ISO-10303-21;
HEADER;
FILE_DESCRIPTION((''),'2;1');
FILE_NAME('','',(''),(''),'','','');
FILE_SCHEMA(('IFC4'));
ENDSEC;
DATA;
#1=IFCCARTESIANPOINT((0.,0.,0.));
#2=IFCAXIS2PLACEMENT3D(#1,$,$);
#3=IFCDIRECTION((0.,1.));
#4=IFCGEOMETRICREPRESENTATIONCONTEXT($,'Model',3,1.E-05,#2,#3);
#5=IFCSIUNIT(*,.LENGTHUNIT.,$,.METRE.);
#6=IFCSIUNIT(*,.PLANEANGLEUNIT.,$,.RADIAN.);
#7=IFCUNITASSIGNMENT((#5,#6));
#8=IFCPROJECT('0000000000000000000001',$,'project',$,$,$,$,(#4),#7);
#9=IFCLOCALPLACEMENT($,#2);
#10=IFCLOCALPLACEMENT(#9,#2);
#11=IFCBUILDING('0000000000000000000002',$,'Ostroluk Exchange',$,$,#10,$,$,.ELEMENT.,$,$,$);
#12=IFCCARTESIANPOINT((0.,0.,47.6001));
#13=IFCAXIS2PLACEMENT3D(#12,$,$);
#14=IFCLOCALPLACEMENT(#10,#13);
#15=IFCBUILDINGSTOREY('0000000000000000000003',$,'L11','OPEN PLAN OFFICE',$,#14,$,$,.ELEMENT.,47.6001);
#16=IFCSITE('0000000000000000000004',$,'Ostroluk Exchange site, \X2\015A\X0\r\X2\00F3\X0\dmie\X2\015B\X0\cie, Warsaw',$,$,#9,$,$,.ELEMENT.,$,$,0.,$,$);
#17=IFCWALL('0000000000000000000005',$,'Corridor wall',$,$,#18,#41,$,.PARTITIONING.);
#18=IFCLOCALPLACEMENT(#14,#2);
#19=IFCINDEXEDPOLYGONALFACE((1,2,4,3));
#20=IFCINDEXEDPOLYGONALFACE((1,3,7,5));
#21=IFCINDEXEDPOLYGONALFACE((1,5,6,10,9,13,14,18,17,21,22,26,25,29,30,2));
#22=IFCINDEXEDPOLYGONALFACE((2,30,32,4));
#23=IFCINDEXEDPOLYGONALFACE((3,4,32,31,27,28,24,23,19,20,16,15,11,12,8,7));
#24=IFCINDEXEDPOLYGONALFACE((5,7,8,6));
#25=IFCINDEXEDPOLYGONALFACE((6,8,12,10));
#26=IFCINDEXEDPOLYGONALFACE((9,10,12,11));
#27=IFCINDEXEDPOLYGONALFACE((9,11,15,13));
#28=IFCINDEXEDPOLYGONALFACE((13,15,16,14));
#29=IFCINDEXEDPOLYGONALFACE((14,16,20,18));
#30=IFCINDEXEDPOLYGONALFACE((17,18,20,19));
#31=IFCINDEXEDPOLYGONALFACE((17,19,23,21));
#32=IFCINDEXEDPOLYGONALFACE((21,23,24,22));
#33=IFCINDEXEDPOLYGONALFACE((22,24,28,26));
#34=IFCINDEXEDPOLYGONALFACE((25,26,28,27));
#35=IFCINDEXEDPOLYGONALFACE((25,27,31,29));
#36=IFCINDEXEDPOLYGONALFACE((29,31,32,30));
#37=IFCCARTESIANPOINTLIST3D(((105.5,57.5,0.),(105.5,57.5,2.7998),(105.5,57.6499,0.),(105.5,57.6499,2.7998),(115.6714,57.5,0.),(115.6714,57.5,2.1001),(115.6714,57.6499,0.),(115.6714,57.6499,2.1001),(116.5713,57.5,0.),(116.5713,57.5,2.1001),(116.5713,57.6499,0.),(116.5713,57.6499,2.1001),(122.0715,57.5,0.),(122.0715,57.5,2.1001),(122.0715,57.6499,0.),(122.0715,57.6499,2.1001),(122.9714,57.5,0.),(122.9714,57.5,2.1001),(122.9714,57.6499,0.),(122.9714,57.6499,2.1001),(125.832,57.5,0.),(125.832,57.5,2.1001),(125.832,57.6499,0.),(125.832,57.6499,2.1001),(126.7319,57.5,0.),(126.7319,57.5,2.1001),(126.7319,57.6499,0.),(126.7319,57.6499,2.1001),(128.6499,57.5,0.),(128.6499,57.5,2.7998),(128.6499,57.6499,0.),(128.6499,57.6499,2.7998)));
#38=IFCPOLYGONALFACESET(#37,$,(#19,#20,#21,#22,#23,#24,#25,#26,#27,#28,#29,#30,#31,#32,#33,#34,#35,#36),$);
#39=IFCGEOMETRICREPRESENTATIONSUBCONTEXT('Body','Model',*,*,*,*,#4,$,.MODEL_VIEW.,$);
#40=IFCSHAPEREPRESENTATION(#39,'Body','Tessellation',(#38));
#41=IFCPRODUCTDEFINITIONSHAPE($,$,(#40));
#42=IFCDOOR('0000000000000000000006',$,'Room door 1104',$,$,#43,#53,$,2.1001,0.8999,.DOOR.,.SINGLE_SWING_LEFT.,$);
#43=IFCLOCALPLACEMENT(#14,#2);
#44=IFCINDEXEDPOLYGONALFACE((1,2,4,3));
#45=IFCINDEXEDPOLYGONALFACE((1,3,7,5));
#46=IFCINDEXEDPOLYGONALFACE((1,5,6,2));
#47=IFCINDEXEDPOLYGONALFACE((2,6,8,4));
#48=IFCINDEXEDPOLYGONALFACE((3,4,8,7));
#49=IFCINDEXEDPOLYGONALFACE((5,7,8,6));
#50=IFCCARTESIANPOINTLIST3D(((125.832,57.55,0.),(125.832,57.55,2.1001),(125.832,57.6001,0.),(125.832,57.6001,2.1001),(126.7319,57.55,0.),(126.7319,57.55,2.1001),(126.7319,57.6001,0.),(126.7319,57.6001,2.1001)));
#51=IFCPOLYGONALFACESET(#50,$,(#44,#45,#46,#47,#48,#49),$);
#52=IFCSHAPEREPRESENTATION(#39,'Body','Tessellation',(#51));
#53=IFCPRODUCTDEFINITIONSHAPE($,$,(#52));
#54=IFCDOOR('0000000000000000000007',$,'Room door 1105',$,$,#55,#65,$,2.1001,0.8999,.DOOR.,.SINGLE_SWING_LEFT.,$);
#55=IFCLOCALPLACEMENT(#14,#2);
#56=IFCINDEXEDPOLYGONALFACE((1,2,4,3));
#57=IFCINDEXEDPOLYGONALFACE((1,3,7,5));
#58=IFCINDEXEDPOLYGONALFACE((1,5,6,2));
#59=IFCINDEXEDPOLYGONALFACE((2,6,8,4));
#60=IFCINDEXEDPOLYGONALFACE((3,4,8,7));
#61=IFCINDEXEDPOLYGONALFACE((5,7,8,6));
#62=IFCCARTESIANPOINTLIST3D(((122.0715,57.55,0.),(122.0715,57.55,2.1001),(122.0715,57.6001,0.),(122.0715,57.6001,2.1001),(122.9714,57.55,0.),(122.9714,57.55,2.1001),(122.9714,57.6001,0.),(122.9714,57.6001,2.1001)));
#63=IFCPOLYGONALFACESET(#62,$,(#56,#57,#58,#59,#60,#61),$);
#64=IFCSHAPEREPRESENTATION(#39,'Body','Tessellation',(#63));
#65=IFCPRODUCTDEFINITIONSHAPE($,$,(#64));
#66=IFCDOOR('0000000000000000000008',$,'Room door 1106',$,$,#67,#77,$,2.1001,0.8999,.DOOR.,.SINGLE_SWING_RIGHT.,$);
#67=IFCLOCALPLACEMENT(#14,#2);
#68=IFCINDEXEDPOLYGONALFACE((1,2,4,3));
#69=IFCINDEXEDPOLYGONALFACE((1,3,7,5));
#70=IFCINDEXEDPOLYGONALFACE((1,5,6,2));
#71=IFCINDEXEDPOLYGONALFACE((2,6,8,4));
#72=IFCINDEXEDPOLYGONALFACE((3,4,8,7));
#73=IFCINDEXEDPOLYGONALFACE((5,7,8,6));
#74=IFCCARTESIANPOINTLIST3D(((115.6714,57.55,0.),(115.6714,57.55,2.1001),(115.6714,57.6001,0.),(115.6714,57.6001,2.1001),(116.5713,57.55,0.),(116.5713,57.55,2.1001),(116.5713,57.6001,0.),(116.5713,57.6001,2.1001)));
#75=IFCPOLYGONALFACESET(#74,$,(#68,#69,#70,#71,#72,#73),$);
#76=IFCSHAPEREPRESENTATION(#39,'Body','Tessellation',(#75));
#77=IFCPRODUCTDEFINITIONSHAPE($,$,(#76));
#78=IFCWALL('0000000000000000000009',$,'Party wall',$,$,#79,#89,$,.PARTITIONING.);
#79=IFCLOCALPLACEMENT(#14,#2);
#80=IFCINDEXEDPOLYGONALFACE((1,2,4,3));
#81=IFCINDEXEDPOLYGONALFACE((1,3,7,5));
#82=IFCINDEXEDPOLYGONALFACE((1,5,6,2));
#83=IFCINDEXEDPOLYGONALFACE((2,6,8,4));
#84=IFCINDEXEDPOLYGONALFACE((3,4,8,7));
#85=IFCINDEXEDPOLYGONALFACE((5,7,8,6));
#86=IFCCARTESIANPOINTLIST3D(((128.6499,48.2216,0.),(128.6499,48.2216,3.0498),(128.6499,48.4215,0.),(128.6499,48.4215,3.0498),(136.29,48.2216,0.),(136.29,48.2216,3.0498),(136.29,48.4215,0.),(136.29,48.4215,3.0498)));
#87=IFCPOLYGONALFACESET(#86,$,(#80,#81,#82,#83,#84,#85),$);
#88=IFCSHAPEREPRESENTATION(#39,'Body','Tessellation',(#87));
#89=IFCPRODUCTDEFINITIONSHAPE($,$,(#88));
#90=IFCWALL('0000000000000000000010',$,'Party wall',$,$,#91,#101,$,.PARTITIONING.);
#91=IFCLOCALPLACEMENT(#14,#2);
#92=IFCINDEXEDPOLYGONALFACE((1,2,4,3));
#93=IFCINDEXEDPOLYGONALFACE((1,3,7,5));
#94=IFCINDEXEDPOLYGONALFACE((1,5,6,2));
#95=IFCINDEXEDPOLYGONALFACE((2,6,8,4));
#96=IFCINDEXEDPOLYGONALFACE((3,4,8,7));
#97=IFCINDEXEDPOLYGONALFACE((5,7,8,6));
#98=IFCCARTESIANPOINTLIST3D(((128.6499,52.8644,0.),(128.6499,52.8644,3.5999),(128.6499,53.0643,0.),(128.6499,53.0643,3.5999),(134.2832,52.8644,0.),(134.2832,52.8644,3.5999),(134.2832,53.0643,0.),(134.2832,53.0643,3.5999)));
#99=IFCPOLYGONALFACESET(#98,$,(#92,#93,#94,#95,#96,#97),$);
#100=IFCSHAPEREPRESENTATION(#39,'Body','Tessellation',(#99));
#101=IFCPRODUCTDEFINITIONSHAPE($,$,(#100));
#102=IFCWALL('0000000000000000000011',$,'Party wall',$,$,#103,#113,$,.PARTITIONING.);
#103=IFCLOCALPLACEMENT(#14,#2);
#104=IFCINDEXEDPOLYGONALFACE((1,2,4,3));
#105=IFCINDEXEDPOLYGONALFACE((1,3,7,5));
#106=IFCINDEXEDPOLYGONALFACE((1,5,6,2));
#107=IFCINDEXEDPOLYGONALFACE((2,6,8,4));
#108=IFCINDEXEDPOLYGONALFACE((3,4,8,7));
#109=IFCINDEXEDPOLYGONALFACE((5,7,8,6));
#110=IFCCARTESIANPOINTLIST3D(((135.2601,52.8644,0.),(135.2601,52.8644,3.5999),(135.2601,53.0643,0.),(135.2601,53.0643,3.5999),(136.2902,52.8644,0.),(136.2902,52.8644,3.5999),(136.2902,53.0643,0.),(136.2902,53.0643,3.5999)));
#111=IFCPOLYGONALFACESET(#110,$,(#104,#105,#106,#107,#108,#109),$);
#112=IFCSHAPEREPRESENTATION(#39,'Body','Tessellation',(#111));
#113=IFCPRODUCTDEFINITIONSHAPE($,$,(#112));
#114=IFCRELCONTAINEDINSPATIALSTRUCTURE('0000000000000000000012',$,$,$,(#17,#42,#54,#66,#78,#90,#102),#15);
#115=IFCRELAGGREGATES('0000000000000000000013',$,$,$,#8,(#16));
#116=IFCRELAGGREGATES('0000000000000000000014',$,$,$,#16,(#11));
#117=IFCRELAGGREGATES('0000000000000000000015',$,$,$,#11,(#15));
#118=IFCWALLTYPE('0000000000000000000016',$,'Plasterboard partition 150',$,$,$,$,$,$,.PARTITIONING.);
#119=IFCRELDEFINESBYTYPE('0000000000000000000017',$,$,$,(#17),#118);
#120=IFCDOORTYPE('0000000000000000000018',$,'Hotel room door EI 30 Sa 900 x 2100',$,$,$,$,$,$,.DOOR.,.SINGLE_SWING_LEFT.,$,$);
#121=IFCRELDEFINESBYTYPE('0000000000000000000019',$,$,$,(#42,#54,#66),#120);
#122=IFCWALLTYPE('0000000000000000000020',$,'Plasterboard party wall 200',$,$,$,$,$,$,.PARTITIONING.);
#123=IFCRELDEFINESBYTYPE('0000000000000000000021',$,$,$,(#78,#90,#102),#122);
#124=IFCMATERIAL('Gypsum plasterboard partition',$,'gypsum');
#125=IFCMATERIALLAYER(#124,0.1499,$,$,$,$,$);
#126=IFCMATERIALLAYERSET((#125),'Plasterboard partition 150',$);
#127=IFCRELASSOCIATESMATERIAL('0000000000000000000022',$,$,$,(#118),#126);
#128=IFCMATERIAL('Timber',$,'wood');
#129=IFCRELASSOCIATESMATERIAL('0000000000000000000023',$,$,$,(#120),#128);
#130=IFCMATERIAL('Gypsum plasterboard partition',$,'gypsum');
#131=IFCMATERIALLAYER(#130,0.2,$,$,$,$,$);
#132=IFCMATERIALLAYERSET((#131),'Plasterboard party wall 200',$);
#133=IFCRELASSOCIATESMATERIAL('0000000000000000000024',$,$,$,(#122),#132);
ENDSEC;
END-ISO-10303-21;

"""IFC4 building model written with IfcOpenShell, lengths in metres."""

from ifc_helpers import new_model, si_unit, direction, frame, frame_2d, origin, place, context, subcontext, project, spatial, rectangle, extrude, material, layer, layer_set, type_object, element, fill, save


model = new_model("IFC4")

# Units and contexts
model_context = context("Model", 3, precision=1e-05, world=origin(), true_north=direction((0.0, 1.0)))
body_context = subcontext(model_context, "Body", "Model", "MODEL_VIEW")
ifc_project = project(units=[si_unit("LENGTHUNIT", "METRE"), si_unit("PLANEANGLEUNIT", "RADIAN")], contexts=[model_context])

# Site, building, storey
site_placement = place(None, origin())
site = spatial("IfcSite", under=ifc_project, at=site_placement, Name="Ostroluk Exchange site, Śródmieście, Warsaw", CompositionType="ELEMENT", RefElevation=0.0)
building_placement = place(site_placement, origin())
building = spatial("IfcBuilding", under=site, at=building_placement, Name="Ostroluk Exchange", CompositionType="ELEMENT")
storey_placement = place(building_placement, frame((0.0, 0.0, 47.6001)))
storey = spatial("IfcBuildingStorey", under=building, at=storey_placement, Name="L11", Description="OPEN PLAN OFFICE", CompositionType="ELEMENT", Elevation=47.6001)

# Wall, openings, doors
ifc_material_1 = material(Name="Gypsum plasterboard partition", Category="gypsum")
ifc_layer_1 = layer(ifc_material_1, 0.1499)
ifc_layer_set_1 = layer_set([ifc_layer_1], Name="Plasterboard partition 150")
wall_type_1 = type_object("IfcWallType", Name="Plasterboard partition 150", PredefinedType="PARTITIONING", material=ifc_layer_set_1)
wall_1_placement = place(storey_placement, frame((128.6499, 57.575, 0.0), z_axis=(0.0, 0.0, 1.0), x_axis=(-1.0, 0.0, 0.0)))
wall_1 = element("IfcWall", 1, at=wall_1_placement, inside=storey, type_object=wall_type_1, Name="Corridor wall", PredefinedType="PARTITIONING", context=body_context, shape_type="SweptSolid", body=[
    extrude(rectangle(XDim=23.1499, YDim=0.1499, at=frame_2d((11.575, 0.0))), origin(), (0.0, 0.0, 1.0), 2.7998),
])
opening_1_placement = place(wall_1_placement, frame((1.918, 0.0, 0.0)))
opening_1 = element("IfcOpeningElement", 2, at=opening_1_placement, cuts=wall_1, PredefinedType="OPENING", context=body_context, shape_type="SweptSolid", body=[
    extrude(rectangle(XDim=0.8999, YDim=2.1001, at=frame_2d((0.45, 1.05))), frame((0.0, 0.085, 0.0), z_axis=(0.0, -1.0, 0.0), x_axis=(1.0, 0.0, 0.0)), (0.0, 0.0, 1.0), 0.1699),
])
opening_2_placement = place(wall_1_placement, frame((5.6785, 0.0, 0.0)))
opening_2 = element("IfcOpeningElement", 3, at=opening_2_placement, cuts=wall_1, PredefinedType="OPENING", context=body_context, shape_type="SweptSolid", body=[
    extrude(rectangle(XDim=0.8999, YDim=2.1001, at=frame_2d((0.45, 1.05))), frame((0.0, 0.085, 0.0), z_axis=(0.0, -1.0, 0.0), x_axis=(1.0, 0.0, 0.0)), (0.0, 0.0, 1.0), 0.1699),
])
opening_3_placement = place(wall_1_placement, frame((12.0786, 0.0, 0.0)))
opening_3 = element("IfcOpeningElement", 4, at=opening_3_placement, cuts=wall_1, PredefinedType="OPENING", context=body_context, shape_type="SweptSolid", body=[
    extrude(rectangle(XDim=0.8999, YDim=2.1001, at=frame_2d((0.45, 1.05))), frame((0.0, 0.085, 0.0), z_axis=(0.0, -1.0, 0.0), x_axis=(1.0, 0.0, 0.0)), (0.0, 0.0, 1.0), 0.1699),
])
ifc_material_2 = material(Name="Timber", Category="wood")
door_type_1 = type_object("IfcDoorType", Name="Hotel room door EI 30 Sa 900 x 2100", OperationType="SINGLE_SWING_LEFT", PredefinedType="DOOR", material=ifc_material_2)
door_1_placement = place(opening_1_placement, origin())
door_1 = element("IfcDoor", 5, at=door_1_placement, inside=storey, type_object=door_type_1, Name="Room door 1104", OperationType="SINGLE_SWING_LEFT", OverallHeight=2.1001, OverallWidth=0.8999, PredefinedType="DOOR", context=body_context, shape_type="SweptSolid", body=[
    extrude(rectangle(XDim=0.8999, YDim=2.1001, at=frame_2d((0.45, 1.05))), frame((0.0, 0.0249, 0.0), z_axis=(0.0, -1.0, 0.0), x_axis=(1.0, 0.0, 0.0)), (0.0, 0.0, 1.0), 0.05),
])
fill(opening_1, door_1)
door_2_placement = place(opening_2_placement, origin())
door_2 = element("IfcDoor", 6, at=door_2_placement, inside=storey, type_object=door_type_1, Name="Room door 1105", OperationType="SINGLE_SWING_LEFT", OverallHeight=2.1001, OverallWidth=0.8999, PredefinedType="DOOR", context=body_context, shape_type="SweptSolid", body=[
    extrude(rectangle(XDim=0.8999, YDim=2.1001, at=frame_2d((0.45, 1.05))), frame((0.0, 0.0249, 0.0), z_axis=(0.0, -1.0, 0.0), x_axis=(1.0, 0.0, 0.0)), (0.0, 0.0, 1.0), 0.05),
])
fill(opening_2, door_2)
door_3_placement = place(opening_3_placement, origin())
door_3 = element("IfcDoor", 7, at=door_3_placement, inside=storey, type_object=door_type_1, Name="Room door 1106", OperationType="SINGLE_SWING_RIGHT", OverallHeight=2.1001, OverallWidth=0.8999, PredefinedType="DOOR", context=body_context, shape_type="SweptSolid", body=[
    extrude(rectangle(XDim=0.8999, YDim=2.1001, at=frame_2d((0.45, 1.05))), frame((0.0, 0.0249, 0.0), z_axis=(0.0, -1.0, 0.0), x_axis=(1.0, 0.0, 0.0)), (0.0, 0.0, 1.0), 0.05),
])
fill(opening_3, door_3)

# Walls
ifc_material_3 = material(Name="Gypsum plasterboard partition", Category="gypsum")
ifc_layer_2 = layer(ifc_material_3, 0.2)
ifc_layer_set_2 = layer_set([ifc_layer_2], Name="Plasterboard party wall 200")
wall_type_2 = type_object("IfcWallType", Name="Plasterboard party wall 200", PredefinedType="PARTITIONING", material=ifc_layer_set_2)
wall_2_placement = place(storey_placement, frame((128.6499, 48.3215, 0.0), z_axis=(0.0, 0.0, 1.0), x_axis=(1.0, 0.0, 0.0)))
element("IfcWall", 8, at=wall_2_placement, inside=storey, type_object=wall_type_2, Name="Party wall", PredefinedType="PARTITIONING", context=body_context, shape_type="SweptSolid", body=[
    extrude(rectangle(XDim=7.6401, YDim=0.2, at=frame_2d((3.8201, 0.0))), origin(), (0.0, 0.0, 1.0), 3.0498),
])
wall_3_placement = place(storey_placement, frame((128.6499, 52.9644, 0.0), z_axis=(0.0, 0.0, 1.0), x_axis=(1.0, 0.0, 0.0)))
element("IfcWall", 9, at=wall_3_placement, inside=storey, type_object=wall_type_2, Name="Party wall", PredefinedType="PARTITIONING", context=body_context, shape_type="SweptSolid", body=[
    extrude(rectangle(XDim=5.6333, YDim=0.2, at=frame_2d((2.8167, 0.0))), origin(), (0.0, 0.0, 1.0), 3.5999),
])
wall_4_placement = place(storey_placement, frame((135.26, 52.9644, 0.0), z_axis=(0.0, 0.0, 1.0), x_axis=(1.0, 0.0, 0.0)))
element("IfcWall", 10, at=wall_4_placement, inside=storey, type_object=wall_type_2, Name="Party wall", PredefinedType="PARTITIONING", context=body_context, shape_type="SweptSolid", body=[
    extrude(rectangle(XDim=1.03, YDim=0.2, at=frame_2d((0.5151, 0.0))), origin(), (0.0, 0.0, 1.0), 3.5999),
])

save(model, "model.ifc")
